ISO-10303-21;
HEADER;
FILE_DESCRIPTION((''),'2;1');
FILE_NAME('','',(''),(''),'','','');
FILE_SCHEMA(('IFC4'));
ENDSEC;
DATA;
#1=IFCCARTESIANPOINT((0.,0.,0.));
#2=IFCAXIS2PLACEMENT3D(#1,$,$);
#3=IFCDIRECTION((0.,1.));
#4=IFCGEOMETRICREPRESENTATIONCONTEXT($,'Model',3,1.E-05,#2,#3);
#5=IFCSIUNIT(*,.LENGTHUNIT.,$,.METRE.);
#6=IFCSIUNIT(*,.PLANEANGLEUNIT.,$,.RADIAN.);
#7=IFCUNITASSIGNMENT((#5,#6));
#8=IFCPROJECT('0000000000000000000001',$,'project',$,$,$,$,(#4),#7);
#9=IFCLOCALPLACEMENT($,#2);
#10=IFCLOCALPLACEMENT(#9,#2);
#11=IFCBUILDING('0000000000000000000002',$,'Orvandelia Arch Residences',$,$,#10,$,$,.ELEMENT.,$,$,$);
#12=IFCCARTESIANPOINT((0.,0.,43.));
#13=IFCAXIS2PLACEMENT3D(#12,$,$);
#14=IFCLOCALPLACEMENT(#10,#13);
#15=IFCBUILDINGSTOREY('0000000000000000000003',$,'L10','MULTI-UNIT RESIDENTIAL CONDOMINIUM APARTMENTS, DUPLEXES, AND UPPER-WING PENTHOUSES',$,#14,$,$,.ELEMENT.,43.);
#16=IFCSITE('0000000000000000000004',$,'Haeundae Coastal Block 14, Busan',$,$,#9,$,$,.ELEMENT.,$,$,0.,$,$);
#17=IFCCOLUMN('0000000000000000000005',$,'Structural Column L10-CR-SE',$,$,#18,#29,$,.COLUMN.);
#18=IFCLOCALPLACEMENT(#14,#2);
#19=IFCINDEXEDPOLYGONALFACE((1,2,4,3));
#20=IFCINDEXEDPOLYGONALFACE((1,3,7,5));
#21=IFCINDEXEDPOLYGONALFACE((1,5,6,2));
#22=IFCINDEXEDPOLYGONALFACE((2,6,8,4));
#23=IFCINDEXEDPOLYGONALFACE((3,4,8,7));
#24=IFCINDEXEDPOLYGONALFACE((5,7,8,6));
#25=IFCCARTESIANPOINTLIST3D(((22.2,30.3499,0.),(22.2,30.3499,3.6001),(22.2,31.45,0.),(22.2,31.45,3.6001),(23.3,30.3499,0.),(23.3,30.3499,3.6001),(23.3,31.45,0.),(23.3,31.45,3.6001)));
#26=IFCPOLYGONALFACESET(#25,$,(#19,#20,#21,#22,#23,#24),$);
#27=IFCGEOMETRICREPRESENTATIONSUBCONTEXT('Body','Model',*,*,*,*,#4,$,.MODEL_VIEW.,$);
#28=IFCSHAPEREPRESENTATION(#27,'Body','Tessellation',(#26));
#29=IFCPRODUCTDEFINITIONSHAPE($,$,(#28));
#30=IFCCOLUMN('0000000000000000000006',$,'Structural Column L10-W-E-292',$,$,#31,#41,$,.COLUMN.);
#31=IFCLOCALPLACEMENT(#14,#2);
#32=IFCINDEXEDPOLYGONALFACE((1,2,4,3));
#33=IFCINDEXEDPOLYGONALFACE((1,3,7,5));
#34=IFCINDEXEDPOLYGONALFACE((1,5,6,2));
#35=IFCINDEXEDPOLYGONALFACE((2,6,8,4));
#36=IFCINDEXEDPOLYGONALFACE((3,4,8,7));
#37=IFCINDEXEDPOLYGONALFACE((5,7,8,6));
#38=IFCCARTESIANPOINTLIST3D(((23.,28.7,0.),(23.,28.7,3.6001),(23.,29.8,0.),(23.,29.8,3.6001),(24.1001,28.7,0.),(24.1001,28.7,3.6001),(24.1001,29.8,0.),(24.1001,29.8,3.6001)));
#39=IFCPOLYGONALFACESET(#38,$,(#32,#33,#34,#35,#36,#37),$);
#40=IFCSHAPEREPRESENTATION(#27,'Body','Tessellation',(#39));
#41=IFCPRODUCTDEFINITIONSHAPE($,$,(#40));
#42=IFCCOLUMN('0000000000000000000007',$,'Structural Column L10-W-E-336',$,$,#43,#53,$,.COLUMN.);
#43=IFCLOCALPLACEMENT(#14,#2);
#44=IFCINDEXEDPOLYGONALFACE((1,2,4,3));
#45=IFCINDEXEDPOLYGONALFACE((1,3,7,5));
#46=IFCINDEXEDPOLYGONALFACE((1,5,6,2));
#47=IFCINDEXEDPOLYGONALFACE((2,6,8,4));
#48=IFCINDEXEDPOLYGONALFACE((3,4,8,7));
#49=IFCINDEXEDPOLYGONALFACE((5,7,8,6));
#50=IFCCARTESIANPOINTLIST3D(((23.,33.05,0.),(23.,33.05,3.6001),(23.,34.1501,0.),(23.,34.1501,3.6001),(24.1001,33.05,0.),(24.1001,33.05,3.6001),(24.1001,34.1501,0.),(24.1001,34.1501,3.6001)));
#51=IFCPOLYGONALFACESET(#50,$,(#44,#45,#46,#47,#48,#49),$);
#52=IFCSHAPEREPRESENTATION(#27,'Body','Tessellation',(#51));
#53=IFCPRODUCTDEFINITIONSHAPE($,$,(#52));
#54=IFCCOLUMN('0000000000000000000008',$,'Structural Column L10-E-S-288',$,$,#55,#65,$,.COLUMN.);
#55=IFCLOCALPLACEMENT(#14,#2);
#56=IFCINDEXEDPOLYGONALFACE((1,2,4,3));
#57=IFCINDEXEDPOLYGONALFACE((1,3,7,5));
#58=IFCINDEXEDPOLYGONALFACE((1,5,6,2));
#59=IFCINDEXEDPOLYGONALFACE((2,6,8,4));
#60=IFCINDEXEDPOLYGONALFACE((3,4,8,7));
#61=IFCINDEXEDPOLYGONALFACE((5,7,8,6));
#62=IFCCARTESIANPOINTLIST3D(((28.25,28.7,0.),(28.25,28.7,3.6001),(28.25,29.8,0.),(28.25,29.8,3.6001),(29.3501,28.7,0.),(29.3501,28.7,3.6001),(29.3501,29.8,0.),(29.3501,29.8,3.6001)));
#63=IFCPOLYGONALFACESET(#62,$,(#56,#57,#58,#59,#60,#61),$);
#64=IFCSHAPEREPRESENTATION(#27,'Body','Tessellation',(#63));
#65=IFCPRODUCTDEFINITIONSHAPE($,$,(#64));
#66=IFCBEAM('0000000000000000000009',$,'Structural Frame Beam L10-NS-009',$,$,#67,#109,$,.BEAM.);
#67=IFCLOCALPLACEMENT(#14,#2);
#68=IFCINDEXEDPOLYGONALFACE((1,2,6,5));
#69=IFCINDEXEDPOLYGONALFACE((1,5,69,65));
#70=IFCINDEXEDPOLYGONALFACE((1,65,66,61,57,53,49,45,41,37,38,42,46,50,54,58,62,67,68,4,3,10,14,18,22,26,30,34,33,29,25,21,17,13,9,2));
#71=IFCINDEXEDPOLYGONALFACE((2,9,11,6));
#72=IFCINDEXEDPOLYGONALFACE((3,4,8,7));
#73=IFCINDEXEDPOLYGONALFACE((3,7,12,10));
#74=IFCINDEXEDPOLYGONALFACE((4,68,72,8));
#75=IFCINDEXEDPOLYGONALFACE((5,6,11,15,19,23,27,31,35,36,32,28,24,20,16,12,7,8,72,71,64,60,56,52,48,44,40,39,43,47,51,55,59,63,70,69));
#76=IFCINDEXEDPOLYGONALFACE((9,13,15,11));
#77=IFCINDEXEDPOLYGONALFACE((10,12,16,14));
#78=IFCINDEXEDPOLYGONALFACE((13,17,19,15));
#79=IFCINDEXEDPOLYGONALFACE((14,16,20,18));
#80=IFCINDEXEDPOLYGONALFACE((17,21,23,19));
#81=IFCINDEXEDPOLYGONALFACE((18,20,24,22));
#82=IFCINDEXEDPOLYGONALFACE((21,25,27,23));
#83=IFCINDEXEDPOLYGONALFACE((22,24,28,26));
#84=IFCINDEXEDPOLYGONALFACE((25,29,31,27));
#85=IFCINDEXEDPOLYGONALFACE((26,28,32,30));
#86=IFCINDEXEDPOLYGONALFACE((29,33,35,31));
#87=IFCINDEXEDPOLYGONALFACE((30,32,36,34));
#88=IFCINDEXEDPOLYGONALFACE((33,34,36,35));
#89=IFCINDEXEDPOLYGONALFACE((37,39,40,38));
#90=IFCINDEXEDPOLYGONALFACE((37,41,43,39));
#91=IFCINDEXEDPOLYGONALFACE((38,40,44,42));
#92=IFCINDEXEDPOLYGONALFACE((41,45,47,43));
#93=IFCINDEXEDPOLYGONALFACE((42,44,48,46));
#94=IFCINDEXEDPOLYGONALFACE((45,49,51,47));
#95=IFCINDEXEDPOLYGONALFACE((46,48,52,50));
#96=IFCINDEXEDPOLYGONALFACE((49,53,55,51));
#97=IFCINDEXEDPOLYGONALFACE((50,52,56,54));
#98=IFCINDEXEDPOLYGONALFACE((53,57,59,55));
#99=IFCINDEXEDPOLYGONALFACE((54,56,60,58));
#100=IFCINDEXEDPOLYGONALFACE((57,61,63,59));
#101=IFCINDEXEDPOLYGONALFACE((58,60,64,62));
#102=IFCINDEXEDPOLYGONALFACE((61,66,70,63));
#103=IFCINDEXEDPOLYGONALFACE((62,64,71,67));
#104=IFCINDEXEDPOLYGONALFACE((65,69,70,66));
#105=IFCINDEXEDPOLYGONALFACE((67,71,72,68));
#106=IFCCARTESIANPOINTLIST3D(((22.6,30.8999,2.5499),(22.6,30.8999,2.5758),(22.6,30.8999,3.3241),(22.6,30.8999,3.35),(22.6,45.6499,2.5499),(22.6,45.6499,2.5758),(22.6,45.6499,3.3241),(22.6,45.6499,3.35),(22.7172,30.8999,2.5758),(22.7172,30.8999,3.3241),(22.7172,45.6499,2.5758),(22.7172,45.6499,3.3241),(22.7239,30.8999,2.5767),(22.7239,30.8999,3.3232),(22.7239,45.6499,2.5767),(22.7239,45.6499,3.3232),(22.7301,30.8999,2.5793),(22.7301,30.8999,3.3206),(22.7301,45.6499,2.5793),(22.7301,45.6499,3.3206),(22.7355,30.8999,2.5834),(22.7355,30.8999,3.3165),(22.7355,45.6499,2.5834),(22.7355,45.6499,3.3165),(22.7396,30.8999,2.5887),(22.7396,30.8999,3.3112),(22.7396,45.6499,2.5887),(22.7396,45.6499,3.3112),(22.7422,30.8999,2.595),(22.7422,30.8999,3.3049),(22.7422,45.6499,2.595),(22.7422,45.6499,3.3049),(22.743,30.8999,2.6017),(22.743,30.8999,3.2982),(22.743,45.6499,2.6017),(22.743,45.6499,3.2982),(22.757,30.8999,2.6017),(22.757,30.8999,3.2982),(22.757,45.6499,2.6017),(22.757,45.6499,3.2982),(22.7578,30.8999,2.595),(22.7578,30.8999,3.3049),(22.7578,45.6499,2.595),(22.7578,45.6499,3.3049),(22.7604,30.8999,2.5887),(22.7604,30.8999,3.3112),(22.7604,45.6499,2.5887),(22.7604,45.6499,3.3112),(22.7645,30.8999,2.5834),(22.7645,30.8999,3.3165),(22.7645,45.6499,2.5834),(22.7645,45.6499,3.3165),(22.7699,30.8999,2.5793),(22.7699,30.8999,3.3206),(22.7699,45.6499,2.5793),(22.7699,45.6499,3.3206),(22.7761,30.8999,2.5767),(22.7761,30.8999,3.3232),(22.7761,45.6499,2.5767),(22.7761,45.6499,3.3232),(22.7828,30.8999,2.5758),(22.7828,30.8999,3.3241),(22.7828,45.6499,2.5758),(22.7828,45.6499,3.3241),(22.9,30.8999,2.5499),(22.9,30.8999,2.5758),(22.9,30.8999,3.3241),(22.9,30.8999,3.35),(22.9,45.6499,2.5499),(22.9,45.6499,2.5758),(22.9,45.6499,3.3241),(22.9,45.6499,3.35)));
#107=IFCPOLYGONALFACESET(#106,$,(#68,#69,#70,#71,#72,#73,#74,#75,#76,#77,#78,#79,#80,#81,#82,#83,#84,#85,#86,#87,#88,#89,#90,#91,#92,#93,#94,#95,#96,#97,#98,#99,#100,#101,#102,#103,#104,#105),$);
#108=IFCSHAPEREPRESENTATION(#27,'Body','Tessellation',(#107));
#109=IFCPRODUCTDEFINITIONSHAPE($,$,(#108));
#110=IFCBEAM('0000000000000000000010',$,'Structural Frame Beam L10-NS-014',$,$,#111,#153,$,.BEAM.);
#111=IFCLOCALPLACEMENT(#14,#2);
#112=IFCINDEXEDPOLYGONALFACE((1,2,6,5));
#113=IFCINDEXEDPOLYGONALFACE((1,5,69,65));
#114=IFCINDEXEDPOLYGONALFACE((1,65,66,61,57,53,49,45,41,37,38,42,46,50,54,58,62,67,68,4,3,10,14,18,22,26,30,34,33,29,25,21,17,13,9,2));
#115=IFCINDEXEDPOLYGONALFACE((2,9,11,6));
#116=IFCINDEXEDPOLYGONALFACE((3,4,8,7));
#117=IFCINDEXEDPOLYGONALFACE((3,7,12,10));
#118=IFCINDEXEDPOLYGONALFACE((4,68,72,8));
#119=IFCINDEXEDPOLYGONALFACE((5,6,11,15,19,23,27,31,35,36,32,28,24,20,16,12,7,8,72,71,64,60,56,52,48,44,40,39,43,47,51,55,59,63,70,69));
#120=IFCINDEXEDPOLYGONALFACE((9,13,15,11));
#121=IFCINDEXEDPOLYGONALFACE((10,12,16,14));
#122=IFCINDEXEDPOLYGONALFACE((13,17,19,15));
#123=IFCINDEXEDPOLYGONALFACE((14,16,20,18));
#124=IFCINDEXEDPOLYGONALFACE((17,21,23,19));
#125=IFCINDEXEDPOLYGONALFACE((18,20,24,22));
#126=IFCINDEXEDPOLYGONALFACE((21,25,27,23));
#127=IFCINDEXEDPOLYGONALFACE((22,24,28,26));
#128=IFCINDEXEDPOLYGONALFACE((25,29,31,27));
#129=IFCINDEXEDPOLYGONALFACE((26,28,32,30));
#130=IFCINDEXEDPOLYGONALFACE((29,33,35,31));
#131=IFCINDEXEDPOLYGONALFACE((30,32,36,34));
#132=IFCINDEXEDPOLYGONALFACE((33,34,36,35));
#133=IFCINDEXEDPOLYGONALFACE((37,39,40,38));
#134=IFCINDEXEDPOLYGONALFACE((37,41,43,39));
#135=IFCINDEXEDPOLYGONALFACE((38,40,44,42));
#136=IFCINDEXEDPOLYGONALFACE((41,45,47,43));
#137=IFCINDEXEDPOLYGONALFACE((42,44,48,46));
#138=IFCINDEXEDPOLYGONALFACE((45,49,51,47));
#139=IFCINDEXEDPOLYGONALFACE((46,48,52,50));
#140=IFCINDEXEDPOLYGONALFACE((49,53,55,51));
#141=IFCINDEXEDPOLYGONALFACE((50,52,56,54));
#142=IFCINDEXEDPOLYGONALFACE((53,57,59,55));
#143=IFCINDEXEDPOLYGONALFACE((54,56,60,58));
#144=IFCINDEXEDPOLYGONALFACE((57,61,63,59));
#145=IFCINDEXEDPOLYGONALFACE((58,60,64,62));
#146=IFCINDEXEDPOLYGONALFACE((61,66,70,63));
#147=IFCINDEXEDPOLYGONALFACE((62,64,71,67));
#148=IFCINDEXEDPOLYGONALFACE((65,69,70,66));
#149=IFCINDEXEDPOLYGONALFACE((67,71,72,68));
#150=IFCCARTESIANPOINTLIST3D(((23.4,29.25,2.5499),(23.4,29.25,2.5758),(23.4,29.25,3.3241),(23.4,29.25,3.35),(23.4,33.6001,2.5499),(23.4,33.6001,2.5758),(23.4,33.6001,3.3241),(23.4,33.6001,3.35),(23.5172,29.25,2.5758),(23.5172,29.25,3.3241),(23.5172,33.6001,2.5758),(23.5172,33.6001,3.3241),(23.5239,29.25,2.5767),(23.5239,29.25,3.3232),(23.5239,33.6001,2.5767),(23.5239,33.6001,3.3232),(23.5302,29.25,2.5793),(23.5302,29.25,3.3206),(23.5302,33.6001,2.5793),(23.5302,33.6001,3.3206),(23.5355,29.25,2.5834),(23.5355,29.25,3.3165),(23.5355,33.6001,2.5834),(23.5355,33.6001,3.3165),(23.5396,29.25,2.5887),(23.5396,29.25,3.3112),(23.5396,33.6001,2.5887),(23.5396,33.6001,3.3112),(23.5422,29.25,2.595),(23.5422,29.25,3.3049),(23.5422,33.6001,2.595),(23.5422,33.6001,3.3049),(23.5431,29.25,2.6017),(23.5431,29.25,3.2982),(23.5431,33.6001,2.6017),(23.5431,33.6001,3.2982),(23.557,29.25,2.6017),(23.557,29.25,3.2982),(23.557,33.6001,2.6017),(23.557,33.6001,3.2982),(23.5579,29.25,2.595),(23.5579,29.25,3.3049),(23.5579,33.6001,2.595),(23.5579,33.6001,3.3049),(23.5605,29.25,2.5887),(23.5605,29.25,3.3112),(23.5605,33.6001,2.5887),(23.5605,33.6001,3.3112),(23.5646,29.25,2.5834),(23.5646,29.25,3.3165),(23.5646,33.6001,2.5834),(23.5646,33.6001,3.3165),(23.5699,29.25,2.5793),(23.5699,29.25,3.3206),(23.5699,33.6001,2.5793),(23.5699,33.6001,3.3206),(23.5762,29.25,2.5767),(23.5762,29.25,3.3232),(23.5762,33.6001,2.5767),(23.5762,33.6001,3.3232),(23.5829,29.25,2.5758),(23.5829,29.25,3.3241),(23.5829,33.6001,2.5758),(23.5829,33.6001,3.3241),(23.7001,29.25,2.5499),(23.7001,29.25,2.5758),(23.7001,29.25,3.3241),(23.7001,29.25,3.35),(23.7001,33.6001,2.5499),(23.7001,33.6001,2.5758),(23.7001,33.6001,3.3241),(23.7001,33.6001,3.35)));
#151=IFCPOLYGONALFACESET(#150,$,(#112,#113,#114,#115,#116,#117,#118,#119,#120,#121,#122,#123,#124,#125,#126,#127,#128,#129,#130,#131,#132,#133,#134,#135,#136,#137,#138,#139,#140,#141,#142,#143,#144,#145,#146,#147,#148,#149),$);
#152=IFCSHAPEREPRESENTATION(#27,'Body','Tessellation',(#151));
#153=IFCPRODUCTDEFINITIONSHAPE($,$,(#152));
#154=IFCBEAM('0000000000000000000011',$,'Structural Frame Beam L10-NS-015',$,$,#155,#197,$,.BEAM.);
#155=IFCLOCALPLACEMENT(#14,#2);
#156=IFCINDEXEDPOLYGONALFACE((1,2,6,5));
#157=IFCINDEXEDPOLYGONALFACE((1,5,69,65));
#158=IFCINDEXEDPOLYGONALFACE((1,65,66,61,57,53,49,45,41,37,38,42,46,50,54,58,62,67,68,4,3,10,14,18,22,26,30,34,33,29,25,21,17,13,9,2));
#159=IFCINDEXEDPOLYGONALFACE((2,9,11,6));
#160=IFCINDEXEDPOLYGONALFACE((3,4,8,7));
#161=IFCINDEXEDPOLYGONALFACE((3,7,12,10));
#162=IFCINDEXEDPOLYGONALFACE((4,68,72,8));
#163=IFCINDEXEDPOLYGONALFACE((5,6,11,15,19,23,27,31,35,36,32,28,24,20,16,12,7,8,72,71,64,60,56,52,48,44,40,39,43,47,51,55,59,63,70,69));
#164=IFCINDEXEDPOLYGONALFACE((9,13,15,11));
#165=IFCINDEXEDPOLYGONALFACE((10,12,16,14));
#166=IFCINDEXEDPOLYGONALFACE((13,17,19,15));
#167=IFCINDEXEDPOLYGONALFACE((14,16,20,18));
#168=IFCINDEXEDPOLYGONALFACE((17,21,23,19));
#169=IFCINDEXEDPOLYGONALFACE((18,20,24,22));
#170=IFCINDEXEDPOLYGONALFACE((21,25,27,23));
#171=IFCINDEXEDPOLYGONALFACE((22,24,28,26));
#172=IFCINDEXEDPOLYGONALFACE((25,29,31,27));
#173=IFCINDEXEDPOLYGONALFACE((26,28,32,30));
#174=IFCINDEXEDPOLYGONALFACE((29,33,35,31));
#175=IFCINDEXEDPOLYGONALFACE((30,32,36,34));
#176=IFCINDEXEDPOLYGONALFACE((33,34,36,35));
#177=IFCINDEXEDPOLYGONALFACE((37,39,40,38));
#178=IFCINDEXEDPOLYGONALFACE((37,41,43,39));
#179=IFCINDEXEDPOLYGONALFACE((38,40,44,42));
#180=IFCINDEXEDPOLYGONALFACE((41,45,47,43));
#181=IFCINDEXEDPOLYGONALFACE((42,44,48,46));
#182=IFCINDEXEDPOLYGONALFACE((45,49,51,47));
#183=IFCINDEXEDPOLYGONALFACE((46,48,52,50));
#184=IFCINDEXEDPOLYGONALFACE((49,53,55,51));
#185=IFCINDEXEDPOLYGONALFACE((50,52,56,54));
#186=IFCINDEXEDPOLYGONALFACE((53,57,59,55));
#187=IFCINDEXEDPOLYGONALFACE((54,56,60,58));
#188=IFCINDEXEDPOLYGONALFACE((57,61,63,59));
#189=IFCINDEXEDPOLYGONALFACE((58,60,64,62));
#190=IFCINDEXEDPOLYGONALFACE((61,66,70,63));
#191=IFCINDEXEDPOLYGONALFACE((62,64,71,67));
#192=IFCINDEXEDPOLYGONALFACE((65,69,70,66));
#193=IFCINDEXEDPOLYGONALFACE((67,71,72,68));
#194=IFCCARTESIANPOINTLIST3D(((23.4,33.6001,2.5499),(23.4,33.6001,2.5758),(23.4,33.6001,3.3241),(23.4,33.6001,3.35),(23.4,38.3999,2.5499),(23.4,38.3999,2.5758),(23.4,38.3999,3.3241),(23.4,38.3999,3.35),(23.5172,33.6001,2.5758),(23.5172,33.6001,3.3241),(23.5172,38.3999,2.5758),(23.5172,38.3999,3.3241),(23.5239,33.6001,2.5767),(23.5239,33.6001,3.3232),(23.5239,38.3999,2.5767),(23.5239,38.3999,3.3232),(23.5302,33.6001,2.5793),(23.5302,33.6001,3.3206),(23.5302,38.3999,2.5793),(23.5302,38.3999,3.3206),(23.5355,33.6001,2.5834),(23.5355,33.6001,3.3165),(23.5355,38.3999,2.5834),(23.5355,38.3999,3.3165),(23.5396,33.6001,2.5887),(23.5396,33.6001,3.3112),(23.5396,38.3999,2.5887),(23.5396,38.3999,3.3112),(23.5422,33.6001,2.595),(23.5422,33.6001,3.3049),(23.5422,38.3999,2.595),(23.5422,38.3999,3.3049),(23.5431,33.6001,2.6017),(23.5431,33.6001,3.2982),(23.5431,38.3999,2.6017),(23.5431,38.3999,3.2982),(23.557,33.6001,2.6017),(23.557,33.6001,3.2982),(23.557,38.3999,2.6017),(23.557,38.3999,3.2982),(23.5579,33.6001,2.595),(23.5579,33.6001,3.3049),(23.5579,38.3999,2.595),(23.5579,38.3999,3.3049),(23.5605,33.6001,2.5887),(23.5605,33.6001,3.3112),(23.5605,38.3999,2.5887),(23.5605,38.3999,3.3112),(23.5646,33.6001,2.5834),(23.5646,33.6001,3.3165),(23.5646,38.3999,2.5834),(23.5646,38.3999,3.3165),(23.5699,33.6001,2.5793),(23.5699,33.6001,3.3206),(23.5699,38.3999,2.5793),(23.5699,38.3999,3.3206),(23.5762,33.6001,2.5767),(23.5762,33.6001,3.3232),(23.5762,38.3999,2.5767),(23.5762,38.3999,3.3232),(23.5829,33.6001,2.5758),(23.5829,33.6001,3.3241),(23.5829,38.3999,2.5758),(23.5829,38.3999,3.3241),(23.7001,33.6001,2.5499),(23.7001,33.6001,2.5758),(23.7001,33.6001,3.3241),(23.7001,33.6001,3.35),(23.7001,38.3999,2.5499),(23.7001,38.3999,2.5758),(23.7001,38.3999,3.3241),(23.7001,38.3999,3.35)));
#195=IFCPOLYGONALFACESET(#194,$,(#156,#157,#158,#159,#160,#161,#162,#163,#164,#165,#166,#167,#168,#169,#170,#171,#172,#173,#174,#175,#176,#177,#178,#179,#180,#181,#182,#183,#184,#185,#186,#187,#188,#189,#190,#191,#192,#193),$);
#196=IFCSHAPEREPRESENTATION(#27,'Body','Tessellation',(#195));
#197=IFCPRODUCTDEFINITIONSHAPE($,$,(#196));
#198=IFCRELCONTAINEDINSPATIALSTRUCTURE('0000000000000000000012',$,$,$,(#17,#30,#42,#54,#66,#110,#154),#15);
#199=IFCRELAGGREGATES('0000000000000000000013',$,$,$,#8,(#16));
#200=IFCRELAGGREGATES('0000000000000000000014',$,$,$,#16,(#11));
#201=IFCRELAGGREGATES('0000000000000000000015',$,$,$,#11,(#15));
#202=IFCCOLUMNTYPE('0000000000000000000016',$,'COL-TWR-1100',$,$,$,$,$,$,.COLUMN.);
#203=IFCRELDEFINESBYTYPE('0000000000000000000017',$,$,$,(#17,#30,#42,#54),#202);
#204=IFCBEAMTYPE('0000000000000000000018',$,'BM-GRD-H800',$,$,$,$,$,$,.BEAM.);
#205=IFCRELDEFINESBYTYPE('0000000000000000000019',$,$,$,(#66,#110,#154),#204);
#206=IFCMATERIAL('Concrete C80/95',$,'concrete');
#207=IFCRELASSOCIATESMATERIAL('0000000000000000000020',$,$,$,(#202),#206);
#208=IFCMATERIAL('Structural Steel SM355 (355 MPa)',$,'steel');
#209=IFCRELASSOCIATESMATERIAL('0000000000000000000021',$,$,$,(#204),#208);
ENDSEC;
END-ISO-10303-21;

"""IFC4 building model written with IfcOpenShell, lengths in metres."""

from ifc_helpers import new_model, si_unit, direction, frame, origin, origin_2d, place, context, subcontext, project, spatial, rectangle, i_section, extrude, material, material_profile, profile_set, type_object, element, save


model = new_model("IFC4")

# Units and contexts
model_context = context("Model", 3, precision=1e-05, world=origin(), true_north=direction((0.0, 1.0)))
body_context = subcontext(model_context, "Body", "Model", "MODEL_VIEW")
ifc_project = project(units=[si_unit("LENGTHUNIT", "METRE"), si_unit("PLANEANGLEUNIT", "RADIAN")], contexts=[model_context])

# Site, building, storey
site_placement = place(None, origin())
site = spatial("IfcSite", under=ifc_project, at=site_placement, Name="Haeundae Coastal Block 14, Busan", CompositionType="ELEMENT", RefElevation=0.0)
building_placement = place(site_placement, origin())
building = spatial("IfcBuilding", under=site, at=building_placement, Name="Orvandelia Arch Residences", CompositionType="ELEMENT")
storey_placement = place(building_placement, frame((0.0, 0.0, 43.0)))
storey = spatial("IfcBuildingStorey", under=building, at=storey_placement, Name="L10", Description="MULTI-UNIT RESIDENTIAL CONDOMINIUM APARTMENTS, DUPLEXES, AND UPPER-WING PENTHOUSES", CompositionType="ELEMENT", Elevation=43.0)

# Columns
ifc_material_1 = material(Name="Concrete C80/95", Category="concrete")
ifc_material_profile_1 = material_profile(ifc_material_1, rectangle(XDim=1.1001, YDim=1.1001, at=origin_2d()), Name="Concrete C80/95", Category="concrete")
ifc_profile_set_1 = profile_set([ifc_material_profile_1], Name="Concrete C80/95")
column_type = type_object("IfcColumnType", Name="COL-TWR-1100", PredefinedType="COLUMN", material=ifc_profile_set_1)
for number, where, z_axis, x_axis, name in (
    (1, (22.75, 30.8999, 0.0), (0.0, 0.0, 1.0), (1.0, 0.0, 0.0), "Structural Column L10-CR-SE"),
    (2, (23.55, 29.25, 0.0), (0.0, 0.0, 1.0), (1.0, 0.0, 0.0), "Structural Column L10-W-E-292"),
    (3, (23.55, 33.6001, 0.0), (0.0, 0.0, 1.0), (1.0, 0.0, 0.0), "Structural Column L10-W-E-336"),
    (4, (28.8, 29.25, 0.0), (0.0, 0.0, 1.0), (1.0, 0.0, 0.0), "Structural Column L10-E-S-288"),
):
    element("IfcColumn", number, at=place(storey_placement, frame(where, z_axis=z_axis, x_axis=x_axis)), inside=storey, type_object=column_type, Name=name, PredefinedType="COLUMN", context=body_context, shape_type="SweptSolid", body=[
        extrude(rectangle(XDim=1.1001, YDim=1.1001, at=origin_2d()), origin(), (0.0, 0.0, 1.0), 3.6001),
    ])

# Beams
ifc_material_2 = material(Name="Structural Steel SM355 (355 MPa)", Category="steel")
ifc_material_profile_2 = material_profile(ifc_material_2, i_section(OverallWidth=0.3, OverallDepth=0.8, WebThickness=0.0139, FlangeThickness=0.0259, FilletRadius=0.0259, at=origin_2d()), Name="Structural Steel SM355 (355 MPa)", Category="steel")
ifc_profile_set_2 = profile_set([ifc_material_profile_2], Name="Structural Steel SM355 (355 MPa)")
beam_type = type_object("IfcBeamType", Name="BM-GRD-H800", PredefinedType="BEAM", material=ifc_profile_set_2)
beam_1_placement = place(storey_placement, frame((22.75, 30.8999, 2.95), z_axis=(0.0, 1.0, 0.0), x_axis=(-1.0, 0.0, 0.0)))
element("IfcBeam", 5, at=beam_1_placement, inside=storey, type_object=beam_type, Name="Structural Frame Beam L10-NS-009", PredefinedType="BEAM", context=body_context, shape_type="SweptSolid", body=[
    extrude(i_section(OverallWidth=0.3, OverallDepth=0.8, WebThickness=0.0139, FlangeThickness=0.0259, FilletRadius=0.0259, at=origin_2d()), origin(), (0.0, 0.0, 1.0), 14.75),
])
beam_2_placement = place(storey_placement, frame((23.55, 29.25, 2.95), z_axis=(0.0, 1.0, 0.0), x_axis=(-1.0, 0.0, 0.0)))
element("IfcBeam", 6, at=beam_2_placement, inside=storey, type_object=beam_type, Name="Structural Frame Beam L10-NS-014", PredefinedType="BEAM", context=body_context, shape_type="SweptSolid", body=[
    extrude(i_section(OverallWidth=0.3, OverallDepth=0.8, WebThickness=0.0139, FlangeThickness=0.0259, FilletRadius=0.0259, at=origin_2d()), origin(), (0.0, 0.0, 1.0), 4.3501),
])
beam_3_placement = place(storey_placement, frame((23.55, 33.6001, 2.95), z_axis=(0.0, 1.0, 0.0), x_axis=(-1.0, 0.0, 0.0)))
element("IfcBeam", 7, at=beam_3_placement, inside=storey, type_object=beam_type, Name="Structural Frame Beam L10-NS-015", PredefinedType="BEAM", context=body_context, shape_type="SweptSolid", body=[
    extrude(i_section(OverallWidth=0.3, OverallDepth=0.8, WebThickness=0.0139, FlangeThickness=0.0259, FilletRadius=0.0259, at=origin_2d()), origin(), (0.0, 0.0, 1.0), 4.7998),
])

save(model, "model.ifc")
